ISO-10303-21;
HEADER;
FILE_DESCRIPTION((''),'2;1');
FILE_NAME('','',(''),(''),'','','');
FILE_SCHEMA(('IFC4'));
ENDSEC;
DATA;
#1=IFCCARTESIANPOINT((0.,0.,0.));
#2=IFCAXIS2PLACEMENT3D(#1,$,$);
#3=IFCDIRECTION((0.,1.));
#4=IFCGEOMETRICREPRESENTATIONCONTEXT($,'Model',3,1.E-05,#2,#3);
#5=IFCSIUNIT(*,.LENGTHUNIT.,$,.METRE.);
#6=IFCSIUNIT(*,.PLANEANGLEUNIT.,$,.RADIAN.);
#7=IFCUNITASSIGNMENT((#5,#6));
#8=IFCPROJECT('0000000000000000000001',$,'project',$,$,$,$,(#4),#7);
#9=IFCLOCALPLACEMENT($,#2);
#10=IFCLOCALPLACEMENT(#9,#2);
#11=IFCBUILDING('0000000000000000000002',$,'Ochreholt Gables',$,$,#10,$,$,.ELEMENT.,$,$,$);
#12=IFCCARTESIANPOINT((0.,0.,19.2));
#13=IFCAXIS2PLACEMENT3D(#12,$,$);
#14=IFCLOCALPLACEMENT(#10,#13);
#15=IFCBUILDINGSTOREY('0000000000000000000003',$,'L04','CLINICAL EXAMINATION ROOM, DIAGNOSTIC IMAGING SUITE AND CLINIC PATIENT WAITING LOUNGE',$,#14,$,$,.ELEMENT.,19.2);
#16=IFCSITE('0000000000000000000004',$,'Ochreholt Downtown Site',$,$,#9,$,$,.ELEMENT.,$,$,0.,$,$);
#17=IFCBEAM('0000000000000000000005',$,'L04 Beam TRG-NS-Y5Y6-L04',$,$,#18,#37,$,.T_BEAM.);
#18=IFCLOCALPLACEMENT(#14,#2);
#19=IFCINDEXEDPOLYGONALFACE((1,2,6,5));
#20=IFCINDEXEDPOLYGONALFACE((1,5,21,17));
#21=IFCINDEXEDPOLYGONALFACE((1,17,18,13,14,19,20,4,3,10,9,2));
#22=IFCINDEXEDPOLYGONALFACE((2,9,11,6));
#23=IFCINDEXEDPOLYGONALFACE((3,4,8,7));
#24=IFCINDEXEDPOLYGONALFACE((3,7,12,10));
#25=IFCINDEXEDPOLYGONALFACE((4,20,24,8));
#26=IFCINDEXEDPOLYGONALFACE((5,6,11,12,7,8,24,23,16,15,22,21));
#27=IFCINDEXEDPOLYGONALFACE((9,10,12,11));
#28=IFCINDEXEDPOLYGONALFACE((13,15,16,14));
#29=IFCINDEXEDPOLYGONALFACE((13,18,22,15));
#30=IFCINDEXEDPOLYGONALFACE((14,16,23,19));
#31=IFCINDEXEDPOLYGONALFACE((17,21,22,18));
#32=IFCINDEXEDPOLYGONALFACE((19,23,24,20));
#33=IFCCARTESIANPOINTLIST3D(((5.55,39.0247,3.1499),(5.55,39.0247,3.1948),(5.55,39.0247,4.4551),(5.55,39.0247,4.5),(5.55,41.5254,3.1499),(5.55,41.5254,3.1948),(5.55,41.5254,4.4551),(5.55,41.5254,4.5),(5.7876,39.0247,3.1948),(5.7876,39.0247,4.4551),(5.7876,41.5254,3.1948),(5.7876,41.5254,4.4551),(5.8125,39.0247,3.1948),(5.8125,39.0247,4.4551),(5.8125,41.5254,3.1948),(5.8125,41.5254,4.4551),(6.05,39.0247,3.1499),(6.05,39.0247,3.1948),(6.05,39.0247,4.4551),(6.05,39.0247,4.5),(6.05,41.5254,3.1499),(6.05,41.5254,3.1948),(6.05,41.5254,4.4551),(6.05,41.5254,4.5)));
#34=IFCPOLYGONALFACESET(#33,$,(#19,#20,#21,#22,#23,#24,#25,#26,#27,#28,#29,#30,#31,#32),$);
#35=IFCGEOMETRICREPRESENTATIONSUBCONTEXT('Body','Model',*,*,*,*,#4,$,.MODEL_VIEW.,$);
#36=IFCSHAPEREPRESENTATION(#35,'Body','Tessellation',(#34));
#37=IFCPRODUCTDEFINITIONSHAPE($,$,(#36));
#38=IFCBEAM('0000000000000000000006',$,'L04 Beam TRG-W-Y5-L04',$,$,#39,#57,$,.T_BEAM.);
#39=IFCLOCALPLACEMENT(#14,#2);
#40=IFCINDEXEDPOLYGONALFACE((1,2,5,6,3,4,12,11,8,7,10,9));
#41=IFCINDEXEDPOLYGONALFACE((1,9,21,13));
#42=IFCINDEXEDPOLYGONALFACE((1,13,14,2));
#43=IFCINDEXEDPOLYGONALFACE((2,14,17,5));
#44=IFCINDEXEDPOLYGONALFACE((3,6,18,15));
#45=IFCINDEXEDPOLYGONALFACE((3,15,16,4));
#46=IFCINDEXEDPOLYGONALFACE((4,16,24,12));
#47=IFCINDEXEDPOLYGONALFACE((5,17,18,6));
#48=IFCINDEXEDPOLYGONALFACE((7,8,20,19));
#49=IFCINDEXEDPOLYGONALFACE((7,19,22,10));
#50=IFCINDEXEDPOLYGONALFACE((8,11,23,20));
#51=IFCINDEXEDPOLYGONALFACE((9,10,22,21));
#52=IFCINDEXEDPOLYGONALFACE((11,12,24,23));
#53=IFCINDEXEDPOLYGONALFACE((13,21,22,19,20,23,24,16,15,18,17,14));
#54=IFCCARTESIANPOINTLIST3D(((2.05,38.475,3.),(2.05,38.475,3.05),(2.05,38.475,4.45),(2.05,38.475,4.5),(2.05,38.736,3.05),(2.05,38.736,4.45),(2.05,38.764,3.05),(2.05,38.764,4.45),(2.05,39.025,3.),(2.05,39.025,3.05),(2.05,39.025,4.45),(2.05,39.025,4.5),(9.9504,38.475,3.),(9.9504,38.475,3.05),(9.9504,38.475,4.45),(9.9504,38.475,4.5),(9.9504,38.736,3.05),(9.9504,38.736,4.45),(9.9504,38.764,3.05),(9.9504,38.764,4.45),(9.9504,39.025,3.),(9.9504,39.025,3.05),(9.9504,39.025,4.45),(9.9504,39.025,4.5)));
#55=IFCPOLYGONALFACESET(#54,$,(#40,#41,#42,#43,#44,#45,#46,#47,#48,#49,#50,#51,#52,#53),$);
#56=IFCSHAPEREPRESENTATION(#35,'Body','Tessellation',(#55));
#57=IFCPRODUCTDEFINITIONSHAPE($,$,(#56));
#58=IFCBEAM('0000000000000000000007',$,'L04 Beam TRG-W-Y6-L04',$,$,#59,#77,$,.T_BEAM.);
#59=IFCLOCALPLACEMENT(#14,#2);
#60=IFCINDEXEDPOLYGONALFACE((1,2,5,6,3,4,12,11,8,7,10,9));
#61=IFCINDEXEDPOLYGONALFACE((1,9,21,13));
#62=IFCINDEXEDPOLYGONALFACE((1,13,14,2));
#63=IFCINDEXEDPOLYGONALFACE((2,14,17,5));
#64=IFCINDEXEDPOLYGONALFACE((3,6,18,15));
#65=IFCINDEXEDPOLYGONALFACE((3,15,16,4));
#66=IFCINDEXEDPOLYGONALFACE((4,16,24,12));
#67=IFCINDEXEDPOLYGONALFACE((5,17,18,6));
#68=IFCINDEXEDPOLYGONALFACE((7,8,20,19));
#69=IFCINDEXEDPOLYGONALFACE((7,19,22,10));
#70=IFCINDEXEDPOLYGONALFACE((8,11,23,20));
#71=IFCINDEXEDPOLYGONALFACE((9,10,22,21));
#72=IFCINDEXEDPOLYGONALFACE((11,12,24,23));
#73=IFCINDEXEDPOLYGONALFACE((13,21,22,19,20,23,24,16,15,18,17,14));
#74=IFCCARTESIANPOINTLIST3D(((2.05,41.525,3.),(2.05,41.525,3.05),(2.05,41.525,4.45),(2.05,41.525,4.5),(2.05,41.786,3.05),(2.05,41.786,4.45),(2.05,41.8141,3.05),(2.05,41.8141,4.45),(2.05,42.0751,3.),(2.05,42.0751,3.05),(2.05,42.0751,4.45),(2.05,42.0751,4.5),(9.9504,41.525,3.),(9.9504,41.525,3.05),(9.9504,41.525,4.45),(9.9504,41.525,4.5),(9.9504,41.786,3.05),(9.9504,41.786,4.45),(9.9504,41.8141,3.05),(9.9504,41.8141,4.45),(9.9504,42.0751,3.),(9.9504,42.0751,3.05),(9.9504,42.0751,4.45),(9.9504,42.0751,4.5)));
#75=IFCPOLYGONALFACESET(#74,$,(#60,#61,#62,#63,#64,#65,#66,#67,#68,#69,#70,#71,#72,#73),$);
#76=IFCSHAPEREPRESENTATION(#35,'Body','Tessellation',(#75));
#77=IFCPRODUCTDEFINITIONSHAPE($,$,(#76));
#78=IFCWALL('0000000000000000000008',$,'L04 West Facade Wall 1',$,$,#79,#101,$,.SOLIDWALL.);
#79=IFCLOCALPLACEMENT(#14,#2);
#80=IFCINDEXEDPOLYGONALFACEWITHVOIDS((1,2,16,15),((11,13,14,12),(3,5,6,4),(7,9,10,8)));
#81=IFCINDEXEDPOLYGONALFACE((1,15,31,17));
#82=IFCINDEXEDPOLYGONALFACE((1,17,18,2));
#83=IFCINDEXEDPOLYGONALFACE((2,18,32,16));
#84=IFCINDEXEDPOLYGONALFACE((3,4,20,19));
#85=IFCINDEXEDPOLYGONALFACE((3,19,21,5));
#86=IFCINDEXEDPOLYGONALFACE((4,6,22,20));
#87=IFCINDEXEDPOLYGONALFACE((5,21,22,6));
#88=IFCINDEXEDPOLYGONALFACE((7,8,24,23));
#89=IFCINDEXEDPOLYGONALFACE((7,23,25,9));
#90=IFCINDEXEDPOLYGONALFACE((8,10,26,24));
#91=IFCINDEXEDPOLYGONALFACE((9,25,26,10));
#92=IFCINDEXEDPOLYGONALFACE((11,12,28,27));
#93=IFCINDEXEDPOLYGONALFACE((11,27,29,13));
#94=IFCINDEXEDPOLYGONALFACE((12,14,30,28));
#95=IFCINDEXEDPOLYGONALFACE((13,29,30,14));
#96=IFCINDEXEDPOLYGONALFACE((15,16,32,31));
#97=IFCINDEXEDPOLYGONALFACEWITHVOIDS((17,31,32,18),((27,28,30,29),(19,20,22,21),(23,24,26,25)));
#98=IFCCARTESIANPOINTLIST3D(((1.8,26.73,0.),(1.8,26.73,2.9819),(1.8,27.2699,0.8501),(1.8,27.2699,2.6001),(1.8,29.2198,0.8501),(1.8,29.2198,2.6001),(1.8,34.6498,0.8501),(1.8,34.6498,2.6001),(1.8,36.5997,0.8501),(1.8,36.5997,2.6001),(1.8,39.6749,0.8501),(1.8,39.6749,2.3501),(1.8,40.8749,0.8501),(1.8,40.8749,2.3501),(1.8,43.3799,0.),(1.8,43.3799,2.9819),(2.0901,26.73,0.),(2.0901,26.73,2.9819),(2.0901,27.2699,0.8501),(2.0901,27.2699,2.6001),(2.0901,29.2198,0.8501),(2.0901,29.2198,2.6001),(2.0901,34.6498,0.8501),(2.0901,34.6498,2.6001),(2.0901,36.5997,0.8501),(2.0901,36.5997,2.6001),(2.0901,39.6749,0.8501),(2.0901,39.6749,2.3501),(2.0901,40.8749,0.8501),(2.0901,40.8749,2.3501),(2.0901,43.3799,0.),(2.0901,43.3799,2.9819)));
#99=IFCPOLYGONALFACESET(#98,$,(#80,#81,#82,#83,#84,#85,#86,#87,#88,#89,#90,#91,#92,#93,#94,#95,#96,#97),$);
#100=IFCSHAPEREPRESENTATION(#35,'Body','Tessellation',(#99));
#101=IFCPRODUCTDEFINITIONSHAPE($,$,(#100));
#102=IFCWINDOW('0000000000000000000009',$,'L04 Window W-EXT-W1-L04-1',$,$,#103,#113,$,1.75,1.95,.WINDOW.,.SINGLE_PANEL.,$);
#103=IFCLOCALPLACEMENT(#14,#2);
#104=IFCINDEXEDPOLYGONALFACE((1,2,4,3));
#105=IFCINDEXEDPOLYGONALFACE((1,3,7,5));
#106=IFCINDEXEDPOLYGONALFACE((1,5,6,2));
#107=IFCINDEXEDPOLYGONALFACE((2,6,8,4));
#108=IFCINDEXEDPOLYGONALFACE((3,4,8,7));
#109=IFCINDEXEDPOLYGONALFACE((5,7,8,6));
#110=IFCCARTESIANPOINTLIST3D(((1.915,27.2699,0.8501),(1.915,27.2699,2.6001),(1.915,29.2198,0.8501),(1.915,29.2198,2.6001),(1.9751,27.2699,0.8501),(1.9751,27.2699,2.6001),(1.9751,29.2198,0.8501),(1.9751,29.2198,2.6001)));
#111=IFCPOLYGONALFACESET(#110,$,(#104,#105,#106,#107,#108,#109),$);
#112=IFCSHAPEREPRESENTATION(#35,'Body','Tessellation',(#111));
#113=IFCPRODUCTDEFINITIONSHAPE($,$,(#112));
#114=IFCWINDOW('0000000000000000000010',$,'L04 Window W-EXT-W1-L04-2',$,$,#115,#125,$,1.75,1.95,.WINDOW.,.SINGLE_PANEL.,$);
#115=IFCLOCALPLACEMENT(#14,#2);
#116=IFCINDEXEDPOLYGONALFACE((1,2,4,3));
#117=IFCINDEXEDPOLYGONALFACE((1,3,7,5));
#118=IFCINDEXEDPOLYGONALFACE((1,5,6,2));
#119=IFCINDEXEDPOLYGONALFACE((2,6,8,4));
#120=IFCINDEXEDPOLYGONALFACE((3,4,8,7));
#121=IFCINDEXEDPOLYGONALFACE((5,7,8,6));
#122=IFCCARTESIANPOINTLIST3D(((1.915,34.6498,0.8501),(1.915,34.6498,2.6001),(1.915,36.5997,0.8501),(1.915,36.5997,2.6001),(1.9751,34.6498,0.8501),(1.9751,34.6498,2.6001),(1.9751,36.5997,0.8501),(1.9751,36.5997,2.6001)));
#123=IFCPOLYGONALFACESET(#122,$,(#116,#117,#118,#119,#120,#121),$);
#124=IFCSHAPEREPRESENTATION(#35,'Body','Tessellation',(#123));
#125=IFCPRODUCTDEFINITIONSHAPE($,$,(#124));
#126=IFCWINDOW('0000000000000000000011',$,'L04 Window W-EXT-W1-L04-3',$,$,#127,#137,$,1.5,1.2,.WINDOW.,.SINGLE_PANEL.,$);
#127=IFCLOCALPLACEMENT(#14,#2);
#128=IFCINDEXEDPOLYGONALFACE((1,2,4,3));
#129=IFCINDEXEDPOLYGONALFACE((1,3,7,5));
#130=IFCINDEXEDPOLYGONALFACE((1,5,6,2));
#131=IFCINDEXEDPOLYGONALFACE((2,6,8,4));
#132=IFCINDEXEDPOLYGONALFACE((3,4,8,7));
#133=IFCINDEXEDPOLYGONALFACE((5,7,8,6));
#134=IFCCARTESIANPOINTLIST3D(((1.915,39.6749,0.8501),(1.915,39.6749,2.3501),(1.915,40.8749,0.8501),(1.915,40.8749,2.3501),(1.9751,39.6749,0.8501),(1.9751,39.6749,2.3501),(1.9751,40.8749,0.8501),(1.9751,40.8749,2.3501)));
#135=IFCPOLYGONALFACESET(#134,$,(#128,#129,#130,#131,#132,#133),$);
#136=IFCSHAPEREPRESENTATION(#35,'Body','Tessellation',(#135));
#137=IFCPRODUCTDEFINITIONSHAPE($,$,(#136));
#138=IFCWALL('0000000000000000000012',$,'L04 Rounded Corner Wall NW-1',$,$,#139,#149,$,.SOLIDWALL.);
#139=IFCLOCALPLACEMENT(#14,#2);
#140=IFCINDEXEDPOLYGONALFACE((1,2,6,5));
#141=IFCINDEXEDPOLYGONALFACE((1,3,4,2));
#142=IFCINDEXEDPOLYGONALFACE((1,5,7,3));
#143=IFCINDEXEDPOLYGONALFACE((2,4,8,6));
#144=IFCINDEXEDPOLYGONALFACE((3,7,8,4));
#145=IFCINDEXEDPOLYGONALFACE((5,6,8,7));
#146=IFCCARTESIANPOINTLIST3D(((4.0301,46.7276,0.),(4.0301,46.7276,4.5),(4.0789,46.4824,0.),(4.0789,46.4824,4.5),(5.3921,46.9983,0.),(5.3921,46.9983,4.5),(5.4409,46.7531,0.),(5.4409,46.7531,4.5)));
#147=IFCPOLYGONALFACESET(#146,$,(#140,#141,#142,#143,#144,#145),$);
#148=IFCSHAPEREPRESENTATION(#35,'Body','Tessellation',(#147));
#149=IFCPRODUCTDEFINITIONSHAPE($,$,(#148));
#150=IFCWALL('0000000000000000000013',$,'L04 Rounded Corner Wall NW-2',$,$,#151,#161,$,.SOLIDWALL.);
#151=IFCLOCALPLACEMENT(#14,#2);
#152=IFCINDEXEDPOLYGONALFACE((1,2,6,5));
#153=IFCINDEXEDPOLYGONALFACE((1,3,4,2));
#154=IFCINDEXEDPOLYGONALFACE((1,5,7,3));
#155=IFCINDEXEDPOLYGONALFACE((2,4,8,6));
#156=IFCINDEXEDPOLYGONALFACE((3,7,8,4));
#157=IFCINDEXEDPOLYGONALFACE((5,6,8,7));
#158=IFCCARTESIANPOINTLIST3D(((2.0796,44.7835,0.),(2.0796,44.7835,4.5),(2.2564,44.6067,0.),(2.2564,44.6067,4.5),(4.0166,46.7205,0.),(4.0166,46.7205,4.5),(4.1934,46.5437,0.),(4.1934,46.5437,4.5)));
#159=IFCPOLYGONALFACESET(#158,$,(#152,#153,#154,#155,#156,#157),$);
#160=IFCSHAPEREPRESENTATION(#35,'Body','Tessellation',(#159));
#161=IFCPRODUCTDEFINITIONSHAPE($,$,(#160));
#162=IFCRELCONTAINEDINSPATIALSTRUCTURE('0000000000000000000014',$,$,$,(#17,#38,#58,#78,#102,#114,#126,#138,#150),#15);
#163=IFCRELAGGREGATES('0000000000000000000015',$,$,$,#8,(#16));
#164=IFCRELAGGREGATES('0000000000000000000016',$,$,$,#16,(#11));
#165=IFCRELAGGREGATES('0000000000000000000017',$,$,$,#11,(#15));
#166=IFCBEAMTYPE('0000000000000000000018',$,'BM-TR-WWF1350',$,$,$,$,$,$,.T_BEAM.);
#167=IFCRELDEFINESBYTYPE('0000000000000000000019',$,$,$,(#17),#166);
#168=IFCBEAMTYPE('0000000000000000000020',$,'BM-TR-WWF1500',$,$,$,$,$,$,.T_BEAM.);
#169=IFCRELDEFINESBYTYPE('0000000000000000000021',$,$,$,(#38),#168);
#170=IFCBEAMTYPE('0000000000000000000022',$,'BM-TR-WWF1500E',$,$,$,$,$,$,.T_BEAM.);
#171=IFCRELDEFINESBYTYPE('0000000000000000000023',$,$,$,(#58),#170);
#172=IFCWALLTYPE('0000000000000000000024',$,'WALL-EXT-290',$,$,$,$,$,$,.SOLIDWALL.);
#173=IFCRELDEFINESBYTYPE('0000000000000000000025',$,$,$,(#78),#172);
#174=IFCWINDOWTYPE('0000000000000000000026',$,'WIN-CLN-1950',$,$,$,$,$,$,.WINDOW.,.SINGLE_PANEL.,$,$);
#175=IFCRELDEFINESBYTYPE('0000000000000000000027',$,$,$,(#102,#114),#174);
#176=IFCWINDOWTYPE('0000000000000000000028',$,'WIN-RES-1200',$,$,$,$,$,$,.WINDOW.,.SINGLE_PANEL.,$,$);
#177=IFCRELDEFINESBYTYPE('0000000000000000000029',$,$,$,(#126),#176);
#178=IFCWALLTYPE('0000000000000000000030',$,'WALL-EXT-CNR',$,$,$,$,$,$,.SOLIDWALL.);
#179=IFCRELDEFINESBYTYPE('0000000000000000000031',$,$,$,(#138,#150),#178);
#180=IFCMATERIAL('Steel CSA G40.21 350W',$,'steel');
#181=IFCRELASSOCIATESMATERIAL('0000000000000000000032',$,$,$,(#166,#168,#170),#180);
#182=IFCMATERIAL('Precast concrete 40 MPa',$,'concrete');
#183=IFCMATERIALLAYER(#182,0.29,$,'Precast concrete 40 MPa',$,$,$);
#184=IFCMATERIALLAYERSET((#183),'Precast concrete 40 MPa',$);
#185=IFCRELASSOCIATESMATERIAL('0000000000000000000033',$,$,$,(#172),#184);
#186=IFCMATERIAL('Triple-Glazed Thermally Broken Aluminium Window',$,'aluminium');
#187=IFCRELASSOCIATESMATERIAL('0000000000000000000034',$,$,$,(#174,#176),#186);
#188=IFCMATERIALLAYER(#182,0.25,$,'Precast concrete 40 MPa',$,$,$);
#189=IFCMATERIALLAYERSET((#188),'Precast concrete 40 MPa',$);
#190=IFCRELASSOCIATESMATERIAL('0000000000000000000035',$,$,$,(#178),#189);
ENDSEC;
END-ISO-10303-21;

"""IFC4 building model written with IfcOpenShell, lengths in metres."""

from ifc_helpers import new_model, si_unit, direction, frame, frame_2d, origin, origin_2d, place, context, subcontext, project, spatial, rectangle, i_section, extrude, material, layer, layer_set, material_profile, profile_set, type_object, element, fill, save


model = new_model("IFC4")

# Units and contexts
model_context = context("Model", 3, precision=1e-05, world=origin(), true_north=direction((0.0, 1.0)))
body_context = subcontext(model_context, "Body", "Model", "MODEL_VIEW")
ifc_project = project(units=[si_unit("LENGTHUNIT", "METRE"), si_unit("PLANEANGLEUNIT", "RADIAN")], contexts=[model_context])

# Site, building, storey
site_placement = place(None, origin())
site = spatial("IfcSite", under=ifc_project, at=site_placement, Name="Ochreholt Downtown Site", CompositionType="ELEMENT", RefElevation=0.0)
building_placement = place(site_placement, origin())
building = spatial("IfcBuilding", under=site, at=building_placement, Name="Ochreholt Gables", CompositionType="ELEMENT")
storey_placement = place(building_placement, frame((0.0, 0.0, 19.2)))
storey = spatial("IfcBuildingStorey", under=building, at=storey_placement, Name="L04", Description="CLINICAL EXAMINATION ROOM, DIAGNOSTIC IMAGING SUITE AND CLINIC PATIENT WAITING LOUNGE", CompositionType="ELEMENT", Elevation=19.2)

# Beams
ifc_material_1 = material(Name="Steel CSA G40.21 350W", Category="steel")
ifc_material_profile_1 = material_profile(ifc_material_1, i_section(OverallWidth=0.5, OverallDepth=1.3501, WebThickness=0.0249, FlangeThickness=0.0449, at=origin_2d()), Name="WWF1350X500")
ifc_profile_set_1 = profile_set([ifc_material_profile_1], Name="Steel CSA G40.21 350W")
beam_type_1 = type_object("IfcBeamType", Name="BM-TR-WWF1350", PredefinedType="T_BEAM", material=ifc_profile_set_1)
beam_1_placement = place(storey_placement, frame((5.8, 39.0247, 3.825), z_axis=(0.0, 1.0, 0.0), x_axis=(-1.0, 0.0, 0.0)))
element("IfcBeam", 1, at=beam_1_placement, inside=storey, type_object=beam_type_1, Name="L04 Beam TRG-NS-Y5Y6-L04", PredefinedType="T_BEAM", context=body_context, shape_type="SweptSolid", body=[
    extrude(i_section(OverallWidth=0.5, OverallDepth=1.3501, WebThickness=0.0249, FlangeThickness=0.0449, at=origin_2d()), origin(), (0.0, 0.0, 1.0), 2.5007),
])
ifc_material_profile_2 = material_profile(ifc_material_1, i_section(OverallWidth=0.55, OverallDepth=1.5, WebThickness=0.0281, FlangeThickness=0.05, at=origin_2d()), Name="WWF1500X550")
ifc_profile_set_2 = profile_set([ifc_material_profile_2], Name="Steel CSA G40.21 350W")
beam_type_2 = type_object("IfcBeamType", Name="BM-TR-WWF1500", PredefinedType="T_BEAM", material=ifc_profile_set_2)
beam_2_placement = place(storey_placement, frame((2.05, 38.75, 3.75), z_axis=(1.0, 0.0, 0.0), x_axis=(0.0, 1.0, 0.0)))
element("IfcBeam", 2, at=beam_2_placement, inside=storey, type_object=beam_type_2, Name="L04 Beam TRG-W-Y5-L04", PredefinedType="T_BEAM", context=body_context, shape_type="SweptSolid", body=[
    extrude(i_section(OverallWidth=0.55, OverallDepth=1.5, WebThickness=0.0281, FlangeThickness=0.05, at=origin_2d()), origin(), (0.0, 0.0, 1.0), 7.9004),
])
ifc_material_profile_3 = material_profile(ifc_material_1, i_section(OverallWidth=0.55, OverallDepth=1.5, WebThickness=0.0281, FlangeThickness=0.05, at=origin_2d()), Name="WWF1500X550")
ifc_profile_set_3 = profile_set([ifc_material_profile_3], Name="Steel CSA G40.21 350W")
beam_type_3 = type_object("IfcBeamType", Name="BM-TR-WWF1500E", PredefinedType="T_BEAM", material=ifc_profile_set_3)
beam_3_placement = place(storey_placement, frame((2.05, 41.8, 3.75), z_axis=(1.0, 0.0, 0.0), x_axis=(0.0, 1.0, 0.0)))
element("IfcBeam", 3, at=beam_3_placement, inside=storey, type_object=beam_type_3, Name="L04 Beam TRG-W-Y6-L04", PredefinedType="T_BEAM", context=body_context, shape_type="SweptSolid", body=[
    extrude(i_section(OverallWidth=0.55, OverallDepth=1.5, WebThickness=0.0281, FlangeThickness=0.05, at=origin_2d()), origin(), (0.0, 0.0, 1.0), 7.9004),
])

# Wall, openings, windows
ifc_material_2 = material(Name="Precast concrete 40 MPa", Category="concrete")
ifc_layer_1 = layer(ifc_material_2, 0.29, Name="Precast concrete 40 MPa")
ifc_layer_set_1 = layer_set([ifc_layer_1], Name="Precast concrete 40 MPa")
wall_type_1 = type_object("IfcWallType", Name="WALL-EXT-290", PredefinedType="SOLIDWALL", material=ifc_layer_set_1)
wall_1_placement = place(storey_placement, frame((1.9451, 43.3799, 0.0), z_axis=(0.0, 0.0, 1.0), x_axis=(0.0, -1.0, 0.0)))
wall_1 = element("IfcWall", 4, at=wall_1_placement, inside=storey, type_object=wall_type_1, Name="L04 West Facade Wall 1", PredefinedType="SOLIDWALL", context=body_context, shape_type="SweptSolid", body=[
    extrude(rectangle(XDim=16.6499, YDim=0.29, at=frame_2d((8.325, 0.0))), origin(), (0.0, 0.0, 1.0), 2.9819),
])
opening_1_placement = place(wall_1_placement, frame((14.1599, 0.0, 0.8501)))
opening_1 = element("IfcOpeningElement", 5, at=opening_1_placement, cuts=wall_1, PredefinedType="OPENING", context=body_context, shape_type="SweptSolid", body=[
    extrude(rectangle(XDim=1.95, YDim=1.75, at=frame_2d((0.9751, 0.875))), frame((0.0, 0.155, 0.0), z_axis=(0.0, -1.0, 0.0), x_axis=(1.0, 0.0, 0.0)), (0.0, 0.0, 1.0), 0.3101),
])
opening_2_placement = place(wall_1_placement, frame((6.78, 0.0, 0.8501)))
opening_2 = element("IfcOpeningElement", 6, at=opening_2_placement, cuts=wall_1, PredefinedType="OPENING", context=body_context, shape_type="SweptSolid", body=[
    extrude(rectangle(XDim=1.95, YDim=1.75, at=frame_2d((0.9751, 0.875))), frame((0.0, 0.155, 0.0), z_axis=(0.0, -1.0, 0.0), x_axis=(1.0, 0.0, 0.0)), (0.0, 0.0, 1.0), 0.3101),
])
opening_3_placement = place(wall_1_placement, frame((2.5049, 0.0, 0.8501)))
opening_3 = element("IfcOpeningElement", 7, at=opening_3_placement, cuts=wall_1, PredefinedType="OPENING", context=body_context, shape_type="SweptSolid", body=[
    extrude(rectangle(XDim=1.2, YDim=1.5, at=frame_2d((0.6001, 0.75))), frame((0.0, 0.155, 0.0), z_axis=(0.0, -1.0, 0.0), x_axis=(1.0, 0.0, 0.0)), (0.0, 0.0, 1.0), 0.3101),
])
ifc_material_3 = material(Name="Triple-Glazed Thermally Broken Aluminium Window", Category="aluminium")
window_type_1 = type_object("IfcWindowType", Name="WIN-CLN-1950", PartitioningType="SINGLE_PANEL", PredefinedType="WINDOW", material=ifc_material_3)
window_1_placement = place(opening_1_placement, origin())
window_1 = element("IfcWindow", 8, at=window_1_placement, inside=storey, type_object=window_type_1, Name="L04 Window W-EXT-W1-L04-1", OverallHeight=1.75, OverallWidth=1.95, PartitioningType="SINGLE_PANEL", PredefinedType="WINDOW", context=body_context, shape_type="SweptSolid", body=[
    extrude(rectangle(XDim=1.95, YDim=1.75, at=frame_2d((0.9751, 0.875))), frame((0.0, 0.03, 0.0), z_axis=(0.0, -1.0, 0.0), x_axis=(1.0, 0.0, 0.0)), (0.0, 0.0, 1.0), 0.0601),
])
fill(opening_1, window_1)
window_2_placement = place(opening_2_placement, origin())
window_2 = element("IfcWindow", 9, at=window_2_placement, inside=storey, type_object=window_type_1, Name="L04 Window W-EXT-W1-L04-2", OverallHeight=1.75, OverallWidth=1.95, PartitioningType="SINGLE_PANEL", PredefinedType="WINDOW", context=body_context, shape_type="SweptSolid", body=[
    extrude(rectangle(XDim=1.95, YDim=1.75, at=frame_2d((0.9751, 0.875))), frame((0.0, 0.03, 0.0), z_axis=(0.0, -1.0, 0.0), x_axis=(1.0, 0.0, 0.0)), (0.0, 0.0, 1.0), 0.0601),
])
fill(opening_2, window_2)
window_type_2 = type_object("IfcWindowType", Name="WIN-RES-1200", PartitioningType="SINGLE_PANEL", PredefinedType="WINDOW", material=ifc_material_3)
window_3_placement = place(opening_3_placement, origin())
window_3 = element("IfcWindow", 10, at=window_3_placement, inside=storey, type_object=window_type_2, Name="L04 Window W-EXT-W1-L04-3", OverallHeight=1.5, OverallWidth=1.2, PartitioningType="SINGLE_PANEL", PredefinedType="WINDOW", context=body_context, shape_type="SweptSolid", body=[
    extrude(rectangle(XDim=1.2, YDim=1.5, at=frame_2d((0.6001, 0.75))), frame((0.0, 0.03, 0.0), z_axis=(0.0, -1.0, 0.0), x_axis=(1.0, 0.0, 0.0)), (0.0, 0.0, 1.0), 0.0601),
])
fill(opening_3, window_3)

# Walls
ifc_layer_2 = layer(ifc_material_2, 0.25, Name="Precast concrete 40 MPa")
ifc_layer_set_2 = layer_set([ifc_layer_2], Name="Precast concrete 40 MPa")
wall_type_2 = type_object("IfcWallType", Name="WALL-EXT-CNR", PredefinedType="SOLIDWALL", material=ifc_layer_set_2)
wall_2_placement = place(storey_placement, frame((5.4165, 46.8757, 0.0), z_axis=(0.0, 0.0, 1.0), x_axis=(-0.98081, -0.194967, 0.0)))
element("IfcWall", 11, at=wall_2_placement, inside=storey, type_object=wall_type_2, Name="L04 Rounded Corner Wall NW-1", PredefinedType="SOLIDWALL", context=body_context, shape_type="SweptSolid", body=[
    extrude(rectangle(XDim=1.3887, YDim=0.25, at=frame_2d((0.6943, 0.0))), origin(), (0.0, 0.0, 1.0), 4.5),
])
wall_3_placement = place(storey_placement, frame((4.105, 46.6321, 0.0), z_axis=(0.0, 0.0, 1.0), x_axis=(-0.707107, -0.707107, 0.0)))
element("IfcWall", 12, at=wall_3_placement, inside=storey, type_object=wall_type_2, Name="L04 Rounded Corner Wall NW-2", PredefinedType="SOLIDWALL", context=body_context, shape_type="SweptSolid", body=[
    extrude(rectangle(XDim=2.7393, YDim=0.25, at=frame_2d((1.3696, 0.0))), origin(), (0.0, 0.0, 1.0), 4.5),
])

save(model, "model.ifc")
